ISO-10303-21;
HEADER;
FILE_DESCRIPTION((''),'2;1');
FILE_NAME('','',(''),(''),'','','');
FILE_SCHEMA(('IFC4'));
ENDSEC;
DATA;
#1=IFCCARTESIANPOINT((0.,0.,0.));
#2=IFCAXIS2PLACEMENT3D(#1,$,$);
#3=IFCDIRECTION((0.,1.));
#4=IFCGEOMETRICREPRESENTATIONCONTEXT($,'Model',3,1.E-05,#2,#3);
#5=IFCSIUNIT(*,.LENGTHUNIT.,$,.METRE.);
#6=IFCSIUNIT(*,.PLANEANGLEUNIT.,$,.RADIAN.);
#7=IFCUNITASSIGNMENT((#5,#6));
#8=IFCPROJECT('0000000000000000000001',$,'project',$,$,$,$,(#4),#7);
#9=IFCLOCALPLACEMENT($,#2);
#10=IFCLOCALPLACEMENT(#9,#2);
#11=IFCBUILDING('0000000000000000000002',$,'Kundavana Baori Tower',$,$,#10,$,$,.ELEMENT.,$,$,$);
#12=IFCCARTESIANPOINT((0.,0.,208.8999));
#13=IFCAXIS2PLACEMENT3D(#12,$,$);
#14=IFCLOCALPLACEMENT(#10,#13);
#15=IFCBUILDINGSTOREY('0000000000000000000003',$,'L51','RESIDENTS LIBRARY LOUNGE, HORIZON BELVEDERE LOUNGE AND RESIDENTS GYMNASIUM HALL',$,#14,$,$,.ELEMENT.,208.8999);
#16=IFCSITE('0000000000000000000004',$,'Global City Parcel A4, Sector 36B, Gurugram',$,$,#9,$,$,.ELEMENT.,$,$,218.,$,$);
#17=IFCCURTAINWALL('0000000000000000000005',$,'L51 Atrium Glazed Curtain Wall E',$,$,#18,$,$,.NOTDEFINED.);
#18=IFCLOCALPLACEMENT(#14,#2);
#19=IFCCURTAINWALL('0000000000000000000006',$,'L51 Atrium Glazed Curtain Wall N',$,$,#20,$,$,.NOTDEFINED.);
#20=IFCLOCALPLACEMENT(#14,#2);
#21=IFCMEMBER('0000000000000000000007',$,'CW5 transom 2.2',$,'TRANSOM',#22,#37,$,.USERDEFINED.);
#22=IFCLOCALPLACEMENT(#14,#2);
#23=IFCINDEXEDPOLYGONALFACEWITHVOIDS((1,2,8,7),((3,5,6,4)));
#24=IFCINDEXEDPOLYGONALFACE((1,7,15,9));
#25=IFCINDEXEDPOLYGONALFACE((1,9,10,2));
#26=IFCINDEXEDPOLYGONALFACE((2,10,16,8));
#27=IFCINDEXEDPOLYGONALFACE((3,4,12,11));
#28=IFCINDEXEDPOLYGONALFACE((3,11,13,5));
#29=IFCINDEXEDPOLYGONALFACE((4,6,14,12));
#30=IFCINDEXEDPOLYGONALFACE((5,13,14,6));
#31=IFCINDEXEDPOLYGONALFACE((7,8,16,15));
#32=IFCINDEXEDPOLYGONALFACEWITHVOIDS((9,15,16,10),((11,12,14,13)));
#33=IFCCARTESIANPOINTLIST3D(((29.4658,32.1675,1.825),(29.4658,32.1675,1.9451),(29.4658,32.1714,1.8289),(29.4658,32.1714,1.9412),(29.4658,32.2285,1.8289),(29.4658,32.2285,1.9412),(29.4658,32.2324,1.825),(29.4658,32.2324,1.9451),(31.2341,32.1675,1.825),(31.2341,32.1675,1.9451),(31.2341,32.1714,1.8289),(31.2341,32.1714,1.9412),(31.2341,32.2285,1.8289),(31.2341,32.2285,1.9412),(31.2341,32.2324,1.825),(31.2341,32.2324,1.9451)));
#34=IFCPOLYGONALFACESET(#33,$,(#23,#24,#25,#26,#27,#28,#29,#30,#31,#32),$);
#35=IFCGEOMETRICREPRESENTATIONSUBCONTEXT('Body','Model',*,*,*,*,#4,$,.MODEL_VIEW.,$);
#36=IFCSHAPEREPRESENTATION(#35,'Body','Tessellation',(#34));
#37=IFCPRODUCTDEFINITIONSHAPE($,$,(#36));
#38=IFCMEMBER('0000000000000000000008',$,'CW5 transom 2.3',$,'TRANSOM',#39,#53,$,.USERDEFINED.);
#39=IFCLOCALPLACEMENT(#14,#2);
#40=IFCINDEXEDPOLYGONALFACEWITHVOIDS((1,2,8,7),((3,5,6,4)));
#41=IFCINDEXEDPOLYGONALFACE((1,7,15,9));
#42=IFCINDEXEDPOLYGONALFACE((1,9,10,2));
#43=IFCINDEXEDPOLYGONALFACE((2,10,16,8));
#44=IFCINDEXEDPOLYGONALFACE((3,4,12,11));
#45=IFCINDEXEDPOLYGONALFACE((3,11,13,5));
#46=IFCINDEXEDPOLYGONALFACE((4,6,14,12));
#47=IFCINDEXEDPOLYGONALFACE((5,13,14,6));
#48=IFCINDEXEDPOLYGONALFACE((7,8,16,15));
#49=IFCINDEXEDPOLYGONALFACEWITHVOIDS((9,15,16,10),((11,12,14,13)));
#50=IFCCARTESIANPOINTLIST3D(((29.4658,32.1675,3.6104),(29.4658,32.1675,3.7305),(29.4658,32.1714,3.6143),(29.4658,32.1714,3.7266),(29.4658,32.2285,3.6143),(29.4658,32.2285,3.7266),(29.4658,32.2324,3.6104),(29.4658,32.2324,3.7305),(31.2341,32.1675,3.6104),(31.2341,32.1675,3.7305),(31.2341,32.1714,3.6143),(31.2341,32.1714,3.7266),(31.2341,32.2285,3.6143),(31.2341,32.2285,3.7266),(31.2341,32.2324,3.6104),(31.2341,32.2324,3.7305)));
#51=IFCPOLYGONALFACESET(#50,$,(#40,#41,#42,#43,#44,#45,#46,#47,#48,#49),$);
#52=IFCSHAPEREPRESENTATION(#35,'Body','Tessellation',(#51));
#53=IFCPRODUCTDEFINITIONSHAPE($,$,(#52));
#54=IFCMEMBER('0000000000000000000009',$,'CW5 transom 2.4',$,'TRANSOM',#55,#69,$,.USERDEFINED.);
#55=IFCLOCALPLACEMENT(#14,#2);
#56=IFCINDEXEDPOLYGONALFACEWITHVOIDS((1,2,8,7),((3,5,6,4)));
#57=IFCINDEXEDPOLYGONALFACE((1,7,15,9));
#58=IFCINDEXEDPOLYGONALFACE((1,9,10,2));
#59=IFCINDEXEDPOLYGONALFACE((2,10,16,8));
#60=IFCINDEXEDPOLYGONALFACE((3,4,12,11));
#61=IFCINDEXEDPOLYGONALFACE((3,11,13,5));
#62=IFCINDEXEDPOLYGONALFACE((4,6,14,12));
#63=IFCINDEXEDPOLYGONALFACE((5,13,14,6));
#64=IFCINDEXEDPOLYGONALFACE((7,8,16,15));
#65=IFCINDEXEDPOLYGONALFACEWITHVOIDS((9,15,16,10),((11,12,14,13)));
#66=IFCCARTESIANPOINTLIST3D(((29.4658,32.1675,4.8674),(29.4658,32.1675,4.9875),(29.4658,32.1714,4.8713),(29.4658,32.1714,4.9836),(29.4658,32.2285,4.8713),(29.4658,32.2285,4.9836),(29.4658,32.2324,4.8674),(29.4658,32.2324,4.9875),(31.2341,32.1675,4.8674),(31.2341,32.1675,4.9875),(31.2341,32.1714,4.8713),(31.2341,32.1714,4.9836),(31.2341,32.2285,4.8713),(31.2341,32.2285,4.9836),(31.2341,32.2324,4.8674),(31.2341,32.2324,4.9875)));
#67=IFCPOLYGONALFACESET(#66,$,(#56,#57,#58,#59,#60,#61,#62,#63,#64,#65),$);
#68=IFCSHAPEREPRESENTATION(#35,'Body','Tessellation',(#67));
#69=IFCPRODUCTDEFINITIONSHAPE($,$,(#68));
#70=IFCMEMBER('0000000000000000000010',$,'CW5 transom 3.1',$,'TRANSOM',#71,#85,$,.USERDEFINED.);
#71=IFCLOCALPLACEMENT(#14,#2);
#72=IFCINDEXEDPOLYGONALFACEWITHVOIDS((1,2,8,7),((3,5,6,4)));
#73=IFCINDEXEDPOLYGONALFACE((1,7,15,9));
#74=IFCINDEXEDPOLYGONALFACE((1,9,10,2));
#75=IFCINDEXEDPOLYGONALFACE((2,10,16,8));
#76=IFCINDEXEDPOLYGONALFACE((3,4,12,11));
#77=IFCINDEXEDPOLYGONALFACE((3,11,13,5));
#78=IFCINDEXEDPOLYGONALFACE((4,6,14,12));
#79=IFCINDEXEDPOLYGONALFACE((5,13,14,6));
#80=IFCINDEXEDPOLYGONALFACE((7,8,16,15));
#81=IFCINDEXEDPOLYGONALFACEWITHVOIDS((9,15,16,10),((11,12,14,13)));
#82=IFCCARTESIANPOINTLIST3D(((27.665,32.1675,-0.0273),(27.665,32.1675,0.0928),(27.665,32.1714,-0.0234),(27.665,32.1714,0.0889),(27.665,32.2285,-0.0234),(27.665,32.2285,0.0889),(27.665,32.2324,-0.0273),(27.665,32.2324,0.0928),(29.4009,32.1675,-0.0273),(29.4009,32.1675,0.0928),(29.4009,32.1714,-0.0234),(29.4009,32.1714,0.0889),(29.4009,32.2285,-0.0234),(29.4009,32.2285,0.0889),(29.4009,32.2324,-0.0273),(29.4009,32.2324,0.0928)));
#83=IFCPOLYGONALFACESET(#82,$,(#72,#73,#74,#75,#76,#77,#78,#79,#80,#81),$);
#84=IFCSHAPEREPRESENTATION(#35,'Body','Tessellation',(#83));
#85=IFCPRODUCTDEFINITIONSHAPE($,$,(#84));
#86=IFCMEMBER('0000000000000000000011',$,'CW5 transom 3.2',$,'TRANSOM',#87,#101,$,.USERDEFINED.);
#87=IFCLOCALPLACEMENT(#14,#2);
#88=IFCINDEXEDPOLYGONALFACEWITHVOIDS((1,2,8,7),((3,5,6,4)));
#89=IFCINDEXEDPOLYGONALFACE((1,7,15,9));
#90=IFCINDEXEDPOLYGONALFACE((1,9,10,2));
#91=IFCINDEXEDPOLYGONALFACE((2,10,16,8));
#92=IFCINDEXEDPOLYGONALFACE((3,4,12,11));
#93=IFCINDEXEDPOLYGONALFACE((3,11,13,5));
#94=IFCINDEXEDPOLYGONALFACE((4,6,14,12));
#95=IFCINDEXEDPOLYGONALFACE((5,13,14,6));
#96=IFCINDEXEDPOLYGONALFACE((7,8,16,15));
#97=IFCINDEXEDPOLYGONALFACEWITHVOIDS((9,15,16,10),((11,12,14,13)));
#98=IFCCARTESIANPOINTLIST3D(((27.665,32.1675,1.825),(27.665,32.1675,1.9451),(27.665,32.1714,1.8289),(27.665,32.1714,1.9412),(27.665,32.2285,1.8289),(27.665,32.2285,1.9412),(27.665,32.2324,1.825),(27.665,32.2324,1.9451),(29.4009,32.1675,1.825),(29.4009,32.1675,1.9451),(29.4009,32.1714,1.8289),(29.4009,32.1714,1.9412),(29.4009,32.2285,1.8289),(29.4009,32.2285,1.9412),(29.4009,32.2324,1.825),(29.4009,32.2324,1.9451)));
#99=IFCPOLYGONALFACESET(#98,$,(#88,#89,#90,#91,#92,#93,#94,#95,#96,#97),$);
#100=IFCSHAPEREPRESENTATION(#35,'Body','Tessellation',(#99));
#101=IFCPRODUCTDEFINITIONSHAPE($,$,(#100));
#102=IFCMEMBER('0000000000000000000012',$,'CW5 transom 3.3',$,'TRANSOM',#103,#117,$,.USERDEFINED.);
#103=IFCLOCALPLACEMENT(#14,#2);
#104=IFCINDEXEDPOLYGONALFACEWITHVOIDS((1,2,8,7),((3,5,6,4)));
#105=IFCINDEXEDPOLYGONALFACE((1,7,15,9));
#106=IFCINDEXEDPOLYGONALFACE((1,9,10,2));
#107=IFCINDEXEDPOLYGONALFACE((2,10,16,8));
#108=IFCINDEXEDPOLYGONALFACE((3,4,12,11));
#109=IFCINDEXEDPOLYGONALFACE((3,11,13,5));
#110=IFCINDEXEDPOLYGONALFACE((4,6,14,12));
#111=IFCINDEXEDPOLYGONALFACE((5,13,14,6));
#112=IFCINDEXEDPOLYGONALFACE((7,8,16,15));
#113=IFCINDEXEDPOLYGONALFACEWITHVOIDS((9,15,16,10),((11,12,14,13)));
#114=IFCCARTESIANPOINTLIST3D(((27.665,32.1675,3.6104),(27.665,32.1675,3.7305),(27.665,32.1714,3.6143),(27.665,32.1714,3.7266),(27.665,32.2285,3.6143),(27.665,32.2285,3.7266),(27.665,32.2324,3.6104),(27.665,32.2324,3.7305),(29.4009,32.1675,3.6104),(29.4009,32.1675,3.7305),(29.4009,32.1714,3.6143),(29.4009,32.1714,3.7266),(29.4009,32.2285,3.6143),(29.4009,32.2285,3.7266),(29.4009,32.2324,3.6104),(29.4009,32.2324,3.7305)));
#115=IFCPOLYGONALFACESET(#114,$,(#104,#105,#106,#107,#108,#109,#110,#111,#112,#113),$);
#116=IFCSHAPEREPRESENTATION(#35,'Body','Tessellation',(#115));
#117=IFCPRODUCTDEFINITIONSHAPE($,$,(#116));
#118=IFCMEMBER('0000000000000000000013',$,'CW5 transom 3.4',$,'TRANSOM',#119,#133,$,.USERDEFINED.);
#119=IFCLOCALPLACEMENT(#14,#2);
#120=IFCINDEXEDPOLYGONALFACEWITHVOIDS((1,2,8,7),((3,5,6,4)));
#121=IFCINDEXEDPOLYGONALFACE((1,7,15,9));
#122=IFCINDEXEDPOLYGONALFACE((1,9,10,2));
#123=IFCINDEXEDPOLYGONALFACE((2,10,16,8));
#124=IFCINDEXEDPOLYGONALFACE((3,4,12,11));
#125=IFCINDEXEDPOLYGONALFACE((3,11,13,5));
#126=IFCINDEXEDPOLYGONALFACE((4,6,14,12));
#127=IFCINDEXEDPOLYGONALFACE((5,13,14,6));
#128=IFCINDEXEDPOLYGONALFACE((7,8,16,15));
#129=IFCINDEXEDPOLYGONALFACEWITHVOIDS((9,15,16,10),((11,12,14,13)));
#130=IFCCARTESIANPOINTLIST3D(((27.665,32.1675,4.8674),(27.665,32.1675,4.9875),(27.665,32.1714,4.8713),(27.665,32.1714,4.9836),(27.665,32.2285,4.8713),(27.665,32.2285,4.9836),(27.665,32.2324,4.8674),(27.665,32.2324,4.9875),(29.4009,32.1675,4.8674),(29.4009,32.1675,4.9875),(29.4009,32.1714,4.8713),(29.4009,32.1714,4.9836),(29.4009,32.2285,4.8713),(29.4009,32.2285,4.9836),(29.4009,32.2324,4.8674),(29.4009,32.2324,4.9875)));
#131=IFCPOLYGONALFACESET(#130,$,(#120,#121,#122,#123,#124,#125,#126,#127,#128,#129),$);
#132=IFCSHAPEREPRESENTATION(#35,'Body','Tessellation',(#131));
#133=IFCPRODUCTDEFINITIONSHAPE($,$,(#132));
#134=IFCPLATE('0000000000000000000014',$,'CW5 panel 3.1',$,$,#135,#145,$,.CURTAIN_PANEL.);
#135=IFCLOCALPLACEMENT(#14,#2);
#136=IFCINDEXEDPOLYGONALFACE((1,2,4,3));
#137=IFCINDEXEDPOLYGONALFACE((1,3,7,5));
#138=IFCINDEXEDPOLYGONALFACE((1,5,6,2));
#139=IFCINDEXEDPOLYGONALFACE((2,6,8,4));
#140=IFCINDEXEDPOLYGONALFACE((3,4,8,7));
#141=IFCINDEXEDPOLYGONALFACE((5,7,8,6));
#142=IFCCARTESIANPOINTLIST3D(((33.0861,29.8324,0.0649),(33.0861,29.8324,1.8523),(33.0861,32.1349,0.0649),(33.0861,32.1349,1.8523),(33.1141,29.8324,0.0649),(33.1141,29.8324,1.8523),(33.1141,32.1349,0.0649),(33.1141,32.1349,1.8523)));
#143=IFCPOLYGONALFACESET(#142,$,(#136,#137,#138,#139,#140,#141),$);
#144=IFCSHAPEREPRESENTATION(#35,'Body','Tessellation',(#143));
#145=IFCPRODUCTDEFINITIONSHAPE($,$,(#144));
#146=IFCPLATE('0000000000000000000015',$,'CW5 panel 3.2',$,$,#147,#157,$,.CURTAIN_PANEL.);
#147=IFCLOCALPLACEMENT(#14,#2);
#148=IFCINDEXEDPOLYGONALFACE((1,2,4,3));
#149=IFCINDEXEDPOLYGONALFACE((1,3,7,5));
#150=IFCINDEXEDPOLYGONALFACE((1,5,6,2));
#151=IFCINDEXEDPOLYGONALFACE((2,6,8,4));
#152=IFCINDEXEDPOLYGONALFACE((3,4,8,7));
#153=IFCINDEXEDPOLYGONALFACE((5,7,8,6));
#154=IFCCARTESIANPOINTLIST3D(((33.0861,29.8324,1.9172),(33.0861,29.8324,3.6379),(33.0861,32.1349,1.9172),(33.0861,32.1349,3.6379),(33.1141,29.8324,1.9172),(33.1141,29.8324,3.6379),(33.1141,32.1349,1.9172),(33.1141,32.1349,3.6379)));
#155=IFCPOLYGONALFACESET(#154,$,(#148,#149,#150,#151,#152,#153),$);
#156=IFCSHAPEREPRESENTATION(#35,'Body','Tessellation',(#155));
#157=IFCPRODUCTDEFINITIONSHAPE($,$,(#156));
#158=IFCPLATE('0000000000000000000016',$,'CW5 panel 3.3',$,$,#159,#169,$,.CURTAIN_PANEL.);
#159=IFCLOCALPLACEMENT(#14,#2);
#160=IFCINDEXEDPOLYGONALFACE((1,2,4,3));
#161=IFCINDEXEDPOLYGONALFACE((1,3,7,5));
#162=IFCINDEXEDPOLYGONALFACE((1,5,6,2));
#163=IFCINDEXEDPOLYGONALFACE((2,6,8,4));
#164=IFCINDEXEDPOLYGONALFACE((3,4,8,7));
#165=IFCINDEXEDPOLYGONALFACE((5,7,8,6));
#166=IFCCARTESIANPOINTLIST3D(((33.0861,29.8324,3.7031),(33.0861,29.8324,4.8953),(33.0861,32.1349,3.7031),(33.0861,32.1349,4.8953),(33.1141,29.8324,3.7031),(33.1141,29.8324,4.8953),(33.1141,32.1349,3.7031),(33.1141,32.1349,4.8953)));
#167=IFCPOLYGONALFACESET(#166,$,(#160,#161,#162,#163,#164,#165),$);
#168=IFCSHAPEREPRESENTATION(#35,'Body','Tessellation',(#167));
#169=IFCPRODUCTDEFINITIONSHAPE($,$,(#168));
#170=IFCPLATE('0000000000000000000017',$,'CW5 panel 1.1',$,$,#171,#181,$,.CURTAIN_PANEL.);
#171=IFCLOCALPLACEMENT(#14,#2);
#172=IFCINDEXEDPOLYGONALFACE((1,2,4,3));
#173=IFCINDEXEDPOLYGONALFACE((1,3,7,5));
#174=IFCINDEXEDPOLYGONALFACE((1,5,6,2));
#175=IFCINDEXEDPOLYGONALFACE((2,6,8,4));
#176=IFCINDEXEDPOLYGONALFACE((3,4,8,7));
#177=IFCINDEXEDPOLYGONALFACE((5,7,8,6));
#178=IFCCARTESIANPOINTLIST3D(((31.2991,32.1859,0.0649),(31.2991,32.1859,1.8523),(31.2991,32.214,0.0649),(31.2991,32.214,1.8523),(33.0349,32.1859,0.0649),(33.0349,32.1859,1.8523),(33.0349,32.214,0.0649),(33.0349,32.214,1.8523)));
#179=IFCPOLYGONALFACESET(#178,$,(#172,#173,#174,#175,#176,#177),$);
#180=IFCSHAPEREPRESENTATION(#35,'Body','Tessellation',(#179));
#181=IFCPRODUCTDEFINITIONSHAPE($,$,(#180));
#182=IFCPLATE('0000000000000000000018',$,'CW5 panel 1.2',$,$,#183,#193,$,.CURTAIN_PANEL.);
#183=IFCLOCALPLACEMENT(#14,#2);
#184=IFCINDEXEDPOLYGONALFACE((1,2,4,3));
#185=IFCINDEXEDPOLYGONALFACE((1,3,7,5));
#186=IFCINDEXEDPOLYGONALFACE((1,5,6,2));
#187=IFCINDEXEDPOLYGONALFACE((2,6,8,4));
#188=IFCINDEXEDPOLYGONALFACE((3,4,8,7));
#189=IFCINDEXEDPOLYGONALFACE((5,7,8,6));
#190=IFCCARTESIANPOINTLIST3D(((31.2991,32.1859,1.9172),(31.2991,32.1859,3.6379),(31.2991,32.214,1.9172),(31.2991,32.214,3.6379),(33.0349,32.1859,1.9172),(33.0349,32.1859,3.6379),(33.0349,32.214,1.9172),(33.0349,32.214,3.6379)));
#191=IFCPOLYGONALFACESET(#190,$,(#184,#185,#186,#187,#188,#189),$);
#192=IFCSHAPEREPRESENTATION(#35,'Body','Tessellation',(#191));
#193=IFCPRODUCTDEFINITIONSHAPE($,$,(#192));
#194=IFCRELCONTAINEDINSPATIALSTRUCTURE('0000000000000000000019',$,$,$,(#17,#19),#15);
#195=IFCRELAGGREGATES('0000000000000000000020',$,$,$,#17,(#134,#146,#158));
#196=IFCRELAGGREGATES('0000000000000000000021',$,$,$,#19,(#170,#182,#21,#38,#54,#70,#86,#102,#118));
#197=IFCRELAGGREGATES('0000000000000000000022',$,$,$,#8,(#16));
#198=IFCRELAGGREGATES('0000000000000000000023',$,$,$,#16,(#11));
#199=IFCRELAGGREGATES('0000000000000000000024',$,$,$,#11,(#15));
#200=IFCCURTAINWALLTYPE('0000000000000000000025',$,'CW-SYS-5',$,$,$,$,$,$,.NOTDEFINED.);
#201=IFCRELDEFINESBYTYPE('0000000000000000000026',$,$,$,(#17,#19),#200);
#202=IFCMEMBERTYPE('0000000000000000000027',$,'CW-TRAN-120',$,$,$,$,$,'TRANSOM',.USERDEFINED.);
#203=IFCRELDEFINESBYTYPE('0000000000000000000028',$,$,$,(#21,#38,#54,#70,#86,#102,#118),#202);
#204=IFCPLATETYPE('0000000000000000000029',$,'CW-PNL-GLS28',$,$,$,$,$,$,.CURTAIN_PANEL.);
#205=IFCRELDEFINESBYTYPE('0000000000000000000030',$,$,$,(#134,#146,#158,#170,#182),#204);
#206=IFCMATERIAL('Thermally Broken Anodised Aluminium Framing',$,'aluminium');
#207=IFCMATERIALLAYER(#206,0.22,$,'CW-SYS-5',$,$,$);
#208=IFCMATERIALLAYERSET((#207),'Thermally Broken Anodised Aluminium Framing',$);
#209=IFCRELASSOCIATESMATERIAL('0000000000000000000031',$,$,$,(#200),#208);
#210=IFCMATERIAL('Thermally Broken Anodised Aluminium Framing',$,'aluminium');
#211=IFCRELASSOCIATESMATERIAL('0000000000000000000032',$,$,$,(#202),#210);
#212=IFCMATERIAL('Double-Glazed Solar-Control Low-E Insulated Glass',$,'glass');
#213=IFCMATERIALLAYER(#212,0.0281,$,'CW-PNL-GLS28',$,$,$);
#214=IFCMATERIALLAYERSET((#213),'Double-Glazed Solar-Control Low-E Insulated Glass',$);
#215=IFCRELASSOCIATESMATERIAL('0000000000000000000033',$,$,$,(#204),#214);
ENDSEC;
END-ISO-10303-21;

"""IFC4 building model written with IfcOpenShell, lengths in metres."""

from ifc_helpers import new_model, si_unit, direction, frame, origin, origin_2d, place, context, subcontext, project, spatial, rectangle, hollow_rectangle, extrude, material, layer, layer_set, material_profile, profile_set, type_object, element, aggregate, save


model = new_model("IFC4")

# Units and contexts
model_context = context("Model", 3, precision=1e-05, world=origin(), true_north=direction((0.0, 1.0)))
body_context = subcontext(model_context, "Body", "Model", "MODEL_VIEW")
ifc_project = project(units=[si_unit("LENGTHUNIT", "METRE"), si_unit("PLANEANGLEUNIT", "RADIAN")], contexts=[model_context])

# Site, building, storey
site_placement = place(None, origin())
site = spatial("IfcSite", under=ifc_project, at=site_placement, Name="Global City Parcel A4, Sector 36B, Gurugram", CompositionType="ELEMENT", RefElevation=218.0)
building_placement = place(site_placement, origin())
building = spatial("IfcBuilding", under=site, at=building_placement, Name="Kundavana Baori Tower", CompositionType="ELEMENT")
storey_placement = place(building_placement, frame((0.0, 0.0, 208.8999)))
storey = spatial("IfcBuildingStorey", under=building, at=storey_placement, Name="L51", Description="RESIDENTS LIBRARY LOUNGE, HORIZON BELVEDERE LOUNGE AND RESIDENTS GYMNASIUM HALL", CompositionType="ELEMENT", Elevation=208.8999)

# Curtain walls
ifc_material_1 = material(Name="Thermally Broken Anodised Aluminium Framing", Category="aluminium")
ifc_layer_1 = layer(ifc_material_1, 0.22, Name="CW-SYS-5")
ifc_layer_set_1 = layer_set([ifc_layer_1], Name="Thermally Broken Anodised Aluminium Framing")
curtain_wall_type = type_object("IfcCurtainWallType", Name="CW-SYS-5", PredefinedType="NOTDEFINED", material=ifc_layer_set_1)
curtain_wall_1_placement = place(storey_placement, origin())
curtain_wall_1 = element("IfcCurtainWall", 1, at=curtain_wall_1_placement, inside=storey, type_object=curtain_wall_type, Name="L51 Atrium Glazed Curtain Wall E", PredefinedType="NOTDEFINED")
curtain_wall_2_placement = place(storey_placement, origin())
curtain_wall_2 = element("IfcCurtainWall", 2, at=curtain_wall_2_placement, inside=storey, type_object=curtain_wall_type, Name="L51 Atrium Glazed Curtain Wall N", PredefinedType="NOTDEFINED")

# Members
ifc_material_2 = material(Name="Thermally Broken Anodised Aluminium Framing", Category="aluminium")
ifc_material_profile_1 = material_profile(ifc_material_2, hollow_rectangle(XDim=0.0649, YDim=0.1201, WallThickness=0.0039, at=origin_2d()), Name="CW-TRAN-120")
ifc_profile_set_1 = profile_set([ifc_material_profile_1], Name="Thermally Broken Anodised Aluminium Framing")
member_type_1 = type_object("IfcMemberType", Name="CW-TRAN-120", ElementType="TRANSOM", PredefinedType="USERDEFINED", material=ifc_profile_set_1)
member_1_placement = place(storey_placement, frame((31.2341, 32.2, 1.885), z_axis=(-1.0, 0.0, 0.0), x_axis=(0.0, -1.0, 0.0)))
member_1 = element("IfcMember", 3, at=member_1_placement, type_object=member_type_1, Name="CW5 transom 2.2", ObjectType="TRANSOM", PredefinedType="USERDEFINED", context=body_context, shape_type="SweptSolid", body=[
    extrude(hollow_rectangle(XDim=0.0649, YDim=0.1201, WallThickness=0.0039, at=origin_2d()), origin(), (0.0, 0.0, 1.0), 1.7683),
])
member_2_placement = place(storey_placement, frame((31.2341, 32.2, 3.6704), z_axis=(-1.0, 0.0, 0.0), x_axis=(0.0, -1.0, 0.0)))
member_2 = element("IfcMember", 4, at=member_2_placement, type_object=member_type_1, Name="CW5 transom 2.3", ObjectType="TRANSOM", PredefinedType="USERDEFINED", context=body_context, shape_type="SweptSolid", body=[
    extrude(hollow_rectangle(XDim=0.0649, YDim=0.1201, WallThickness=0.0039, at=origin_2d()), origin(), (0.0, 0.0, 1.0), 1.7683),
])
member_3_placement = place(storey_placement, frame((31.2341, 32.2, 4.9275), z_axis=(-1.0, 0.0, 0.0), x_axis=(0.0, -1.0, 0.0)))
member_3 = element("IfcMember", 5, at=member_3_placement, type_object=member_type_1, Name="CW5 transom 2.4", ObjectType="TRANSOM", PredefinedType="USERDEFINED", context=body_context, shape_type="SweptSolid", body=[
    extrude(hollow_rectangle(XDim=0.0649, YDim=0.1201, WallThickness=0.0039, at=origin_2d()), origin(), (0.0, 0.0, 1.0), 1.7683),
])
member_4_placement = place(storey_placement, frame((29.4009, 32.2, 0.0327), z_axis=(-1.0, 0.0, 0.0), x_axis=(0.0, -1.0, 0.0)))
member_4 = element("IfcMember", 6, at=member_4_placement, type_object=member_type_1, Name="CW5 transom 3.1", ObjectType="TRANSOM", PredefinedType="USERDEFINED", context=body_context, shape_type="SweptSolid", body=[
    extrude(hollow_rectangle(XDim=0.0649, YDim=0.1201, WallThickness=0.0039, at=origin_2d()), origin(), (0.0, 0.0, 1.0), 1.7358),
])
member_5_placement = place(storey_placement, frame((29.4009, 32.2, 1.885), z_axis=(-1.0, 0.0, 0.0), x_axis=(0.0, -1.0, 0.0)))
member_5 = element("IfcMember", 7, at=member_5_placement, type_object=member_type_1, Name="CW5 transom 3.2", ObjectType="TRANSOM", PredefinedType="USERDEFINED", context=body_context, shape_type="SweptSolid", body=[
    extrude(hollow_rectangle(XDim=0.0649, YDim=0.1201, WallThickness=0.0039, at=origin_2d()), origin(), (0.0, 0.0, 1.0), 1.7358),
])
member_6_placement = place(storey_placement, frame((29.4009, 32.2, 3.6704), z_axis=(-1.0, 0.0, 0.0), x_axis=(0.0, -1.0, 0.0)))
member_6 = element("IfcMember", 8, at=member_6_placement, type_object=member_type_1, Name="CW5 transom 3.3", ObjectType="TRANSOM", PredefinedType="USERDEFINED", context=body_context, shape_type="SweptSolid", body=[
    extrude(hollow_rectangle(XDim=0.0649, YDim=0.1201, WallThickness=0.0039, at=origin_2d()), origin(), (0.0, 0.0, 1.0), 1.7358),
])
member_7_placement = place(storey_placement, frame((29.4009, 32.2, 4.9275), z_axis=(-1.0, 0.0, 0.0), x_axis=(0.0, -1.0, 0.0)))
member_7 = element("IfcMember", 9, at=member_7_placement, type_object=member_type_1, Name="CW5 transom 3.4", ObjectType="TRANSOM", PredefinedType="USERDEFINED", context=body_context, shape_type="SweptSolid", body=[
    extrude(hollow_rectangle(XDim=0.0649, YDim=0.1201, WallThickness=0.0039, at=origin_2d()), origin(), (0.0, 0.0, 1.0), 1.7358),
])

# Plates
ifc_material_3 = material(Name="Double-Glazed Solar-Control Low-E Insulated Glass", Category="glass")
ifc_layer_2 = layer(ifc_material_3, 0.0281, Name="CW-PNL-GLS28")
ifc_layer_set_2 = layer_set([ifc_layer_2], Name="Double-Glazed Solar-Control Low-E Insulated Glass")
plate_type = type_object("IfcPlateType", Name="CW-PNL-GLS28", PredefinedType="CURTAIN_PANEL", material=ifc_layer_set_2)
plate_1_placement = place(storey_placement, frame((33.1001, 30.9836, 0.0649), z_axis=(0.0, 0.0, 1.0), x_axis=(0.0, 1.0, 0.0)))
plate_1 = element("IfcPlate", 10, at=plate_1_placement, type_object=plate_type, Name="CW5 panel 3.1", PredefinedType="CURTAIN_PANEL", context=body_context, shape_type="SweptSolid", body=[
    extrude(rectangle(XDim=2.3025, YDim=0.0281, at=origin_2d()), origin(), (0.0, 0.0, 1.0), 1.7874),
])
plate_2_placement = place(storey_placement, frame((33.1001, 30.9836, 1.9172), z_axis=(0.0, 0.0, 1.0), x_axis=(0.0, 1.0, 0.0)))
plate_2 = element("IfcPlate", 11, at=plate_2_placement, type_object=plate_type, Name="CW5 panel 3.2", PredefinedType="CURTAIN_PANEL", context=body_context, shape_type="SweptSolid", body=[
    extrude(rectangle(XDim=2.3025, YDim=0.0281, at=origin_2d()), origin(), (0.0, 0.0, 1.0), 1.7207),
])
plate_3_placement = place(storey_placement, frame((33.1001, 30.9836, 3.7031), z_axis=(0.0, 0.0, 1.0), x_axis=(0.0, 1.0, 0.0)))
plate_3 = element("IfcPlate", 12, at=plate_3_placement, type_object=plate_type, Name="CW5 panel 3.3", PredefinedType="CURTAIN_PANEL", context=body_context, shape_type="SweptSolid", body=[
    extrude(rectangle(XDim=2.3025, YDim=0.0281, at=origin_2d()), origin(), (0.0, 0.0, 1.0), 1.1921),
])
aggregate(curtain_wall_1, [plate_1, plate_2, plate_3])
plate_4_placement = place(storey_placement, frame((32.167, 32.2, 0.0649), z_axis=(0.0, 0.0, 1.0), x_axis=(-1.0, 0.0, 0.0)))
plate_4 = element("IfcPlate", 13, at=plate_4_placement, type_object=plate_type, Name="CW5 panel 1.1", PredefinedType="CURTAIN_PANEL", context=body_context, shape_type="SweptSolid", body=[
    extrude(rectangle(XDim=1.7358, YDim=0.0281, at=origin_2d()), origin(), (0.0, 0.0, 1.0), 1.7874),
])
plate_5_placement = place(storey_placement, frame((32.167, 32.2, 1.9172), z_axis=(0.0, 0.0, 1.0), x_axis=(-1.0, 0.0, 0.0)))
plate_5 = element("IfcPlate", 14, at=plate_5_placement, type_object=plate_type, Name="CW5 panel 1.2", PredefinedType="CURTAIN_PANEL", context=body_context, shape_type="SweptSolid", body=[
    extrude(rectangle(XDim=1.7358, YDim=0.0281, at=origin_2d()), origin(), (0.0, 0.0, 1.0), 1.7207),
])
aggregate(curtain_wall_2, [plate_4, plate_5, member_1, member_2, member_3, member_4, member_5, member_6, member_7])

save(model, "model.ifc")
